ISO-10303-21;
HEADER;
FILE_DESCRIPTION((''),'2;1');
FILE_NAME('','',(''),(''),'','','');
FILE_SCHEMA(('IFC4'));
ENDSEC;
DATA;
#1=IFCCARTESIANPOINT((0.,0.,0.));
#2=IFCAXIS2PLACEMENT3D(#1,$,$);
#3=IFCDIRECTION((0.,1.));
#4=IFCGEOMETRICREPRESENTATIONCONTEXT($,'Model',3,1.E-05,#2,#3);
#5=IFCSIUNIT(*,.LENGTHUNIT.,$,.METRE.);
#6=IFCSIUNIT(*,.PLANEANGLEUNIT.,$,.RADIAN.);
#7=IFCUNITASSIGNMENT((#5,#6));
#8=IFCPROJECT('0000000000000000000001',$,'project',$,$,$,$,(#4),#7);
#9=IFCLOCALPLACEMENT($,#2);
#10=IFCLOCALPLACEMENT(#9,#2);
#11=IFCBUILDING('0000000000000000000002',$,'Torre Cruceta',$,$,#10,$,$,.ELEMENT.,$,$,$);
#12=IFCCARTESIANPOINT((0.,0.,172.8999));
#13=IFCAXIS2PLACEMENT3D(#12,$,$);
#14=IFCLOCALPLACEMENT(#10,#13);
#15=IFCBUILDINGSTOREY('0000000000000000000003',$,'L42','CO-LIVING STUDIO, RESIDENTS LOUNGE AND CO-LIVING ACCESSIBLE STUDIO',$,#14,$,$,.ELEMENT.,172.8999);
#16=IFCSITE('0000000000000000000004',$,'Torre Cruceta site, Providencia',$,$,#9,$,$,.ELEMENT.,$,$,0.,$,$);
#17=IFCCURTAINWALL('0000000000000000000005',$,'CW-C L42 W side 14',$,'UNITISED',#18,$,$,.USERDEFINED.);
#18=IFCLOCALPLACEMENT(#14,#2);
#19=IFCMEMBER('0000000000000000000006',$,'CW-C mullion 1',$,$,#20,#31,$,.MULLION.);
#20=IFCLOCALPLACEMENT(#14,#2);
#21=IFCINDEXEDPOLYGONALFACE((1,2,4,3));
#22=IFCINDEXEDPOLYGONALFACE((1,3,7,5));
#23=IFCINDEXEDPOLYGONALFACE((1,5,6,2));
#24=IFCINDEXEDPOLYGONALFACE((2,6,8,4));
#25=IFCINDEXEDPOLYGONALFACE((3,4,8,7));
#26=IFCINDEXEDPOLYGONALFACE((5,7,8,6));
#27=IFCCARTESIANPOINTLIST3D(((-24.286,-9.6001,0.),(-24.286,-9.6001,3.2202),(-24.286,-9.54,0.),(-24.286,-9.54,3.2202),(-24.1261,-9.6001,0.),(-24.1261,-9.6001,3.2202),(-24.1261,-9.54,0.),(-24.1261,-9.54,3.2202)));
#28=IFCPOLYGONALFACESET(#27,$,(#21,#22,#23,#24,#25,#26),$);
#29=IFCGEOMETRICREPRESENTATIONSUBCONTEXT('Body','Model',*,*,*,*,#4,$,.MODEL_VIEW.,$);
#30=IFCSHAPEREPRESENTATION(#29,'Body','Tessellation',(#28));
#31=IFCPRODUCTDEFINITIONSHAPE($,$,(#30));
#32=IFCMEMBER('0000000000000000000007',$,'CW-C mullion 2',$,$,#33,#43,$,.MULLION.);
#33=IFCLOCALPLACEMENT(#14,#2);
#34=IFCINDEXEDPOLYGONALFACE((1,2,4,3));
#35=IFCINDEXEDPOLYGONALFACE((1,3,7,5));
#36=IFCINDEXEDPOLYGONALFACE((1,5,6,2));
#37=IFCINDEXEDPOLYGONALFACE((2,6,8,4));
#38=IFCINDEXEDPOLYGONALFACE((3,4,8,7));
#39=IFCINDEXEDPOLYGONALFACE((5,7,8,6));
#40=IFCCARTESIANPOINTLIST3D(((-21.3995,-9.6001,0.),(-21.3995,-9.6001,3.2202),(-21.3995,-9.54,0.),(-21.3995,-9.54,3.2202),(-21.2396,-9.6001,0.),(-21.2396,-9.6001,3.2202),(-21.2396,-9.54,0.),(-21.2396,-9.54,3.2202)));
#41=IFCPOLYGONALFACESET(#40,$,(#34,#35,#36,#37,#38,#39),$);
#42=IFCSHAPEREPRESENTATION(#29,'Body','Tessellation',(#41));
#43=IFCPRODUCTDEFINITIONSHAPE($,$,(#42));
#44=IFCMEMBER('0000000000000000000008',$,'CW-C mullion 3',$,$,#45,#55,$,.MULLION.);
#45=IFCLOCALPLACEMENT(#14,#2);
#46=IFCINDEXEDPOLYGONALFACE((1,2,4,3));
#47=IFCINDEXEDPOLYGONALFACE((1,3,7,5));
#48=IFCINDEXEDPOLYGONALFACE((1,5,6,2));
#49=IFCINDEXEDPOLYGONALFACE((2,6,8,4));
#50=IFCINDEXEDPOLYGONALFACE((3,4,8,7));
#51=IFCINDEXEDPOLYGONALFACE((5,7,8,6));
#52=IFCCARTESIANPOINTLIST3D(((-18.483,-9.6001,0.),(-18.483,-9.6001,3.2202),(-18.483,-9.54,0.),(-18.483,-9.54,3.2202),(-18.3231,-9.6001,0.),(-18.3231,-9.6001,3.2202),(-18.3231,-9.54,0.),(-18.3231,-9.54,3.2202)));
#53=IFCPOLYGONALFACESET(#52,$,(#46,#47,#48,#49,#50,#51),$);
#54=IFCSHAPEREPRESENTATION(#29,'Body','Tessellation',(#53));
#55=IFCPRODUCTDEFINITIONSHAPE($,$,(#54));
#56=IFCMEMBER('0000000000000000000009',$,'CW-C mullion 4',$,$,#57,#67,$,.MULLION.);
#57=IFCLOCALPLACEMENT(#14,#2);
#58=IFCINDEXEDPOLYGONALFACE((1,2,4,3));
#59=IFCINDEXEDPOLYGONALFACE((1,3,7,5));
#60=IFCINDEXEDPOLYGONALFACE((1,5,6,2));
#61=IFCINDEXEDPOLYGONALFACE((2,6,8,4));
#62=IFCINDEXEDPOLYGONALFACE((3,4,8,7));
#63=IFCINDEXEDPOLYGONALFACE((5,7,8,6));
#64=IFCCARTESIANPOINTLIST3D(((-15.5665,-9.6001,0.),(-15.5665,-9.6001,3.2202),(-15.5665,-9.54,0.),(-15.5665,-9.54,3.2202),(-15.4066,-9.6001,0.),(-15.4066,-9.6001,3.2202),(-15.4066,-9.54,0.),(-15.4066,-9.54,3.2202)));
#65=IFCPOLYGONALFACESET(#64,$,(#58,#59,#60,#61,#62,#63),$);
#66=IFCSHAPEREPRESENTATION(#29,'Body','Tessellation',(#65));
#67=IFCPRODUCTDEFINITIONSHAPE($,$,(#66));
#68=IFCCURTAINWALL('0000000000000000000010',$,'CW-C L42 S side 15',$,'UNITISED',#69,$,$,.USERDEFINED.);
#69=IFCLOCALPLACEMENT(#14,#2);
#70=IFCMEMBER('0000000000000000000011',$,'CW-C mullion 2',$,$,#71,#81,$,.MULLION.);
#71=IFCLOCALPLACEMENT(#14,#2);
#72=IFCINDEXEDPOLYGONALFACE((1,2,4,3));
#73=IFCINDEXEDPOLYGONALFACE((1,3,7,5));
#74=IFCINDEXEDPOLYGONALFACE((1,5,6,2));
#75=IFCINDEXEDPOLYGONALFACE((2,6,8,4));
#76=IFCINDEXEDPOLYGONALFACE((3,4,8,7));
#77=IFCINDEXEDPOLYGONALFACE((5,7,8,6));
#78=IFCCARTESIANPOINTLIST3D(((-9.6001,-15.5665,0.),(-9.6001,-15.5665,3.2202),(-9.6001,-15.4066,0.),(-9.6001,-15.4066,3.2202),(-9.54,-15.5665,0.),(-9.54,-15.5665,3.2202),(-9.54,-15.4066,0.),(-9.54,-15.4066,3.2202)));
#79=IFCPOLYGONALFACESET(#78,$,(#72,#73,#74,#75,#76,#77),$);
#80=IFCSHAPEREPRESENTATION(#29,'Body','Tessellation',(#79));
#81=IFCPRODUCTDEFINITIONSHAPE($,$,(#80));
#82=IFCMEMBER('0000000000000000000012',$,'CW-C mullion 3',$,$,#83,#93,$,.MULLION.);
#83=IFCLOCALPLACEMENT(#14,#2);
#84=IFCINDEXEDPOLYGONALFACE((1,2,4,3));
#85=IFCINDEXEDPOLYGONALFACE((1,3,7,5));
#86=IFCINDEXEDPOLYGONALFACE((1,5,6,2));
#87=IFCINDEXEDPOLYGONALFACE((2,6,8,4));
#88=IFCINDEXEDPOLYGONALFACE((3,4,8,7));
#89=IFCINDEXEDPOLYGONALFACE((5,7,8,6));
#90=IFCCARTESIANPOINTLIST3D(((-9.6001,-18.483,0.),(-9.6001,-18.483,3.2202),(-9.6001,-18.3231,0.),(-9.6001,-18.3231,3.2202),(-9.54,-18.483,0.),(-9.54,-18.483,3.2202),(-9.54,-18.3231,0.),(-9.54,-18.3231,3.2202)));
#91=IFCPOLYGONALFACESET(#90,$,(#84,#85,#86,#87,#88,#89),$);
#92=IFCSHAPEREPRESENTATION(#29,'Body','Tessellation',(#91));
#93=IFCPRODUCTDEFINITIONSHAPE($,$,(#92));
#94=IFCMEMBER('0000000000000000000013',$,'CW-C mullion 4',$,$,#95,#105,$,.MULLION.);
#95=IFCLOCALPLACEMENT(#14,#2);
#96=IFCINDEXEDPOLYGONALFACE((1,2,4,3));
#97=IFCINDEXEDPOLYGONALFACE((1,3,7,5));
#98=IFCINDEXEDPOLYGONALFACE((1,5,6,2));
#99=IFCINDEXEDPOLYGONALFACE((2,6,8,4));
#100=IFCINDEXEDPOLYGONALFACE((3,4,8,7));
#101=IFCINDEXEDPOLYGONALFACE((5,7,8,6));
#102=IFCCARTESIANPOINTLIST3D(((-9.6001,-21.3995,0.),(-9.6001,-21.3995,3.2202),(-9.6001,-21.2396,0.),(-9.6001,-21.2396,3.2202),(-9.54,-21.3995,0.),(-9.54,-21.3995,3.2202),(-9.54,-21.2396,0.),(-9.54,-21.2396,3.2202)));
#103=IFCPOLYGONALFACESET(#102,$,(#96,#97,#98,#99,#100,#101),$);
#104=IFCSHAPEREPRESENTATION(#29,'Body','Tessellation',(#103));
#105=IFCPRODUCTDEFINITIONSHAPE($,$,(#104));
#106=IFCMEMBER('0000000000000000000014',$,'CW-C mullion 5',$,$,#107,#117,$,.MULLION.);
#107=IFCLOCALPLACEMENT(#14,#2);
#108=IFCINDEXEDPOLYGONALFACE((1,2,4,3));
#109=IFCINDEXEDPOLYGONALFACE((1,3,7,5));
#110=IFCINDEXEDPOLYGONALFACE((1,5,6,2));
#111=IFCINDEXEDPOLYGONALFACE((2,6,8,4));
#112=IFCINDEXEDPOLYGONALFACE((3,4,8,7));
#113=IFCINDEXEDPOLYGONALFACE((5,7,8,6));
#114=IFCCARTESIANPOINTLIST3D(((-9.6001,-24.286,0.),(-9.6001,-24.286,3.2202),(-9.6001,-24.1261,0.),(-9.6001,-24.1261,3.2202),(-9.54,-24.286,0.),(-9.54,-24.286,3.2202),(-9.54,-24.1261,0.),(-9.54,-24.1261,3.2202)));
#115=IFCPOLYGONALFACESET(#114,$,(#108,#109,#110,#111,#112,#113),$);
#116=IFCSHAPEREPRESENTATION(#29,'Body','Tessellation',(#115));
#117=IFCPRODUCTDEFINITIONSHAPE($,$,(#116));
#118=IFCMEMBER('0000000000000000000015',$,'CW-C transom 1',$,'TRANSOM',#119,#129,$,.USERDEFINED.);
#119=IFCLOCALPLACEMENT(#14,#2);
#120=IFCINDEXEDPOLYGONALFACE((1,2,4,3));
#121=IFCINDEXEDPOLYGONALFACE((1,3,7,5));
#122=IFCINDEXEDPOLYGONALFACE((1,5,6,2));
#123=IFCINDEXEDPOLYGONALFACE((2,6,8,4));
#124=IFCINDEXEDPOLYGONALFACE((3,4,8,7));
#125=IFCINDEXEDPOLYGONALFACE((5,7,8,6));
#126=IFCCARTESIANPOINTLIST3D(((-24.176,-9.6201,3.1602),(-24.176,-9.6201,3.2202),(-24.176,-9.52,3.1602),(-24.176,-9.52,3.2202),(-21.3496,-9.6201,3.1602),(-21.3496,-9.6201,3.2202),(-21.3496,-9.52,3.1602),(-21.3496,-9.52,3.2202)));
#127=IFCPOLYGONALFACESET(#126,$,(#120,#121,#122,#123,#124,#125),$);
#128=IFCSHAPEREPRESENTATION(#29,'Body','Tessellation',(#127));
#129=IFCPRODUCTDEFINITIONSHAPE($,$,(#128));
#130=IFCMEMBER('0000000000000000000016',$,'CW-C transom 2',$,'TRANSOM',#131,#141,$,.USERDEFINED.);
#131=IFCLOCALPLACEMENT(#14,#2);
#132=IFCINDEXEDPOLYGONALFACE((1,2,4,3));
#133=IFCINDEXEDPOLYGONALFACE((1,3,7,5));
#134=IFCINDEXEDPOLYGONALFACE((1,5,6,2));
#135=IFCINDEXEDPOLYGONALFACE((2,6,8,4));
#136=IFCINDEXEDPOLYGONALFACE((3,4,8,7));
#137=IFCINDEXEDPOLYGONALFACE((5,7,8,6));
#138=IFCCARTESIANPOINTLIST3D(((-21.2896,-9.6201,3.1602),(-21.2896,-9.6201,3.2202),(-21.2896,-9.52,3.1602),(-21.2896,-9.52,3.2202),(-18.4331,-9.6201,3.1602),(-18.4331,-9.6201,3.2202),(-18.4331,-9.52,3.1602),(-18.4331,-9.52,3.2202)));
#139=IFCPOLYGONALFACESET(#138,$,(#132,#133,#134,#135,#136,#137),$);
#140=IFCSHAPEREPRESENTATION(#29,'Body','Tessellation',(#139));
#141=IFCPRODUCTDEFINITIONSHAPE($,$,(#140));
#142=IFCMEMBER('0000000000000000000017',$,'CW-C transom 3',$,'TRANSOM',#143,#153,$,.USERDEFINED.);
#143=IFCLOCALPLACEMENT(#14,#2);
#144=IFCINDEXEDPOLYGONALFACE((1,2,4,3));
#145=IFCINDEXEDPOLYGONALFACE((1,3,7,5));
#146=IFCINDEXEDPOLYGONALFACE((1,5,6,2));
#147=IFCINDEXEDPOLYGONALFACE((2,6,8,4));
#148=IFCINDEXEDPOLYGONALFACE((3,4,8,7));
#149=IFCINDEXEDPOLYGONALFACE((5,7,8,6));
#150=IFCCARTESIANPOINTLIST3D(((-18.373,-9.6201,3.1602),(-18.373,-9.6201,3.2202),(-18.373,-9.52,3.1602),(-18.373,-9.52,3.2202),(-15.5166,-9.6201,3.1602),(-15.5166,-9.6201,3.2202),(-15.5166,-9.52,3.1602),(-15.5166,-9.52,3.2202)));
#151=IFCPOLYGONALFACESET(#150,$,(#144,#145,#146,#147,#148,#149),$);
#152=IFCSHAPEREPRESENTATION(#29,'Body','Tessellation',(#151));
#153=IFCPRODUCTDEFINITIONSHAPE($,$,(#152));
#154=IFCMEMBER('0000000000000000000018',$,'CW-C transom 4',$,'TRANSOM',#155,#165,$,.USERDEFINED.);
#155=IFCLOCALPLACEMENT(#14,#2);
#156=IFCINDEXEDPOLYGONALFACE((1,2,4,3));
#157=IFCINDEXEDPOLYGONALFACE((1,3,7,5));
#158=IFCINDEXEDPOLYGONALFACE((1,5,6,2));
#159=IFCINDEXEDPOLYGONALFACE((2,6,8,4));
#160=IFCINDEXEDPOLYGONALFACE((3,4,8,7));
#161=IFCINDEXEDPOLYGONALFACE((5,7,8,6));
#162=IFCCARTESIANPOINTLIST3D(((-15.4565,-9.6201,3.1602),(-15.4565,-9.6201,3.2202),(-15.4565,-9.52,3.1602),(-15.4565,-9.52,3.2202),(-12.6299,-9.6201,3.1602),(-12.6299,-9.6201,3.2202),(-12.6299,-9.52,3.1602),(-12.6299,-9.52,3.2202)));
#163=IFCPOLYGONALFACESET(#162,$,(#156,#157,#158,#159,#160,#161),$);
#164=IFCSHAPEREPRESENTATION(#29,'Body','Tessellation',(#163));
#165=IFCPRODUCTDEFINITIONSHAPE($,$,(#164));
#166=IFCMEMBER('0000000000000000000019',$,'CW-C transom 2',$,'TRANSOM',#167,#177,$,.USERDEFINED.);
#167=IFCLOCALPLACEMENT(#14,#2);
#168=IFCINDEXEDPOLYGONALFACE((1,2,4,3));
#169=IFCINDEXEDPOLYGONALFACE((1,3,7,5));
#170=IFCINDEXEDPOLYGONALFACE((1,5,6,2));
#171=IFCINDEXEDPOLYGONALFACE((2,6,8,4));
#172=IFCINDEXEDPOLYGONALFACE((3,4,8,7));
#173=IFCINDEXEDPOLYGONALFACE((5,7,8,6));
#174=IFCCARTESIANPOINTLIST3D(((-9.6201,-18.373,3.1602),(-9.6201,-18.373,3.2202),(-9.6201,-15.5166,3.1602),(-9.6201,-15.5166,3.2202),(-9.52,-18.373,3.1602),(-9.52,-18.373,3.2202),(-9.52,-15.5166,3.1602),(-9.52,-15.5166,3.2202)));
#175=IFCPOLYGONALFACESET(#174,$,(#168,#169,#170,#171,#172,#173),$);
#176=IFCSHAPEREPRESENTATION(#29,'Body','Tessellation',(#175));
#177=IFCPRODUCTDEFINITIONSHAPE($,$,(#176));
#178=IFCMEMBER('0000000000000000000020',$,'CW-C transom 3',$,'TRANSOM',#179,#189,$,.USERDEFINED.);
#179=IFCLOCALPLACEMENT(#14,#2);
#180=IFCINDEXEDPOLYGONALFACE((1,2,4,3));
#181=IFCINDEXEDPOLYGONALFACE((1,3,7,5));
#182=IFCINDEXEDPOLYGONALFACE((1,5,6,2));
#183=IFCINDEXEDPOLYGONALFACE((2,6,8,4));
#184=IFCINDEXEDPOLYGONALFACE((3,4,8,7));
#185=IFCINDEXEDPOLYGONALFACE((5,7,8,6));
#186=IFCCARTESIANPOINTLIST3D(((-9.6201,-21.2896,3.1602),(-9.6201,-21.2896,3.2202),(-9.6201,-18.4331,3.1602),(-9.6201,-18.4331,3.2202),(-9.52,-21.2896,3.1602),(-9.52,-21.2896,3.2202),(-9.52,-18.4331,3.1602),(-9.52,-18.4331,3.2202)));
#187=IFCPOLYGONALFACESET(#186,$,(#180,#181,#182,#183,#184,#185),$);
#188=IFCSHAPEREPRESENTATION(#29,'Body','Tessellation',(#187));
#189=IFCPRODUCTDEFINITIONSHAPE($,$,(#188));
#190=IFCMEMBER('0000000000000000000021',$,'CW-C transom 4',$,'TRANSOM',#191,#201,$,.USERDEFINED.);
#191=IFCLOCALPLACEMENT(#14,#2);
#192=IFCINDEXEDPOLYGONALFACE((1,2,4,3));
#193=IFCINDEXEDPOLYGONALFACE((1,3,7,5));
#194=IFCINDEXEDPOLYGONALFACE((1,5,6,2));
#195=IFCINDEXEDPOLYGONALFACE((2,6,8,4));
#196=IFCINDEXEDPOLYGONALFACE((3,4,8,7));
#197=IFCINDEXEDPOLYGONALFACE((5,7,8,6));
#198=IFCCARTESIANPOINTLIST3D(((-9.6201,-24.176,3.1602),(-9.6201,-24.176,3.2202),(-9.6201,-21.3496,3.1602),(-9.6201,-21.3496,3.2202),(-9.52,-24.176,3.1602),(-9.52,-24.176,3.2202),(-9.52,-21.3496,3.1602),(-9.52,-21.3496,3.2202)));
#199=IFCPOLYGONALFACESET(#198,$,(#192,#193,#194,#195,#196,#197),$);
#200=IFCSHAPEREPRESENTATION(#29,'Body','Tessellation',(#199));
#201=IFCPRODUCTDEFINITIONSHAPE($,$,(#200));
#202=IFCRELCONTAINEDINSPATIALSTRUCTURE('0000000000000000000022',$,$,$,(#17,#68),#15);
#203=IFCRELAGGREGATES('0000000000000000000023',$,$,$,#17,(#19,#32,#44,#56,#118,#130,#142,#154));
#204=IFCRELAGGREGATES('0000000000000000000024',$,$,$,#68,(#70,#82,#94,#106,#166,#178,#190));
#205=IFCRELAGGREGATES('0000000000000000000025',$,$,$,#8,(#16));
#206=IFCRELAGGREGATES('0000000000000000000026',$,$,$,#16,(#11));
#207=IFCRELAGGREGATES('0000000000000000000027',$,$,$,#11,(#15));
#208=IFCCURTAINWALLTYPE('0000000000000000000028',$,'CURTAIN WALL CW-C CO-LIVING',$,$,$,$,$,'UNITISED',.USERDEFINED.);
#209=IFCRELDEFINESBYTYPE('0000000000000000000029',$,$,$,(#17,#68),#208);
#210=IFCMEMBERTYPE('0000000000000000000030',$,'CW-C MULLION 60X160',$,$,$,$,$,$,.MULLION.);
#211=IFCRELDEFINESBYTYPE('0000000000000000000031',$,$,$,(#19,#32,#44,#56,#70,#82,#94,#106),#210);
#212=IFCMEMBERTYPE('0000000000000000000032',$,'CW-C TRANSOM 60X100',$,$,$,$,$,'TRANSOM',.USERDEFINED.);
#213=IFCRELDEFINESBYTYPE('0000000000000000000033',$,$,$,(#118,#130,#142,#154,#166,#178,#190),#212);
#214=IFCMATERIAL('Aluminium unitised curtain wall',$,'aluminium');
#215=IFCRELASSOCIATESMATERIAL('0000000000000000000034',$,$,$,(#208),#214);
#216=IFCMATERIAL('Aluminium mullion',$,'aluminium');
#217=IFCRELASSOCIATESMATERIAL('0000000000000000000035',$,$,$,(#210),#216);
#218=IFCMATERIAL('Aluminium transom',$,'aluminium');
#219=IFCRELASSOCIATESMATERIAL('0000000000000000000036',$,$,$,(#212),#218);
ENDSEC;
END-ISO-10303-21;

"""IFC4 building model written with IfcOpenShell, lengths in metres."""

from ifc_helpers import new_model, si_unit, direction, frame, origin, origin_2d, place, context, subcontext, project, spatial, rectangle, extrude, material, material_profile, profile_set, type_object, element, aggregate, save


model = new_model("IFC4")

# Units and contexts
model_context = context("Model", 3, precision=1e-05, world=origin(), true_north=direction((0.0, 1.0)))
body_context = subcontext(model_context, "Body", "Model", "MODEL_VIEW")
ifc_project = project(units=[si_unit("LENGTHUNIT", "METRE"), si_unit("PLANEANGLEUNIT", "RADIAN")], contexts=[model_context])

# Site, building, storey
site_placement = place(None, origin())
site = spatial("IfcSite", under=ifc_project, at=site_placement, Name="Torre Cruceta site, Providencia", CompositionType="ELEMENT", RefElevation=0.0)
building_placement = place(site_placement, origin())
building = spatial("IfcBuilding", under=site, at=building_placement, Name="Torre Cruceta", CompositionType="ELEMENT")
storey_placement = place(building_placement, frame((0.0, 0.0, 172.8999)))
storey = spatial("IfcBuildingStorey", under=building, at=storey_placement, Name="L42", Description="CO-LIVING STUDIO, RESIDENTS LOUNGE AND CO-LIVING ACCESSIBLE STUDIO", CompositionType="ELEMENT", Elevation=172.8999)

# Curtain walls, members
ifc_material_1 = material(Name="Aluminium unitised curtain wall", Category="aluminium")
curtain_wall_type = type_object("IfcCurtainWallType", Name="CURTAIN WALL CW-C CO-LIVING", ElementType="UNITISED", PredefinedType="USERDEFINED", material=ifc_material_1)
curtain_wall_1_placement = place(storey_placement, origin())
curtain_wall_1 = element("IfcCurtainWall", 1, at=curtain_wall_1_placement, inside=storey, type_object=curtain_wall_type, Name="CW-C L42 W side 14", ObjectType="UNITISED", PredefinedType="USERDEFINED")
ifc_material_2 = material(Name="Aluminium mullion", Category="aluminium")
ifc_material_profile_1 = material_profile(ifc_material_2, rectangle(XDim=0.0601, YDim=0.1599, at=origin_2d()), Name="AL 60X160")
ifc_profile_set_1 = profile_set([ifc_material_profile_1], Name="Aluminium mullion")
member_type_1 = type_object("IfcMemberType", Name="CW-C MULLION 60X160", PredefinedType="MULLION", material=ifc_profile_set_1)
member_1_placement = place(storey_placement, frame((-24.2061, -9.5701, 0.0), z_axis=(0.0, 0.0, 1.0), x_axis=(0.0, 1.0, 0.0)))
member_1 = element("IfcMember", 2, at=member_1_placement, type_object=member_type_1, Name="CW-C mullion 1", PredefinedType="MULLION", context=body_context, shape_type="SweptSolid", body=[
    extrude(rectangle(XDim=0.0601, YDim=0.1599, at=origin_2d()), origin(), (0.0, 0.0, 1.0), 3.2202),
])
member_2_placement = place(storey_placement, frame((-21.3196, -9.5701, 0.0), z_axis=(0.0, 0.0, 1.0), x_axis=(0.0, 1.0, 0.0)))
member_2 = element("IfcMember", 3, at=member_2_placement, type_object=member_type_1, Name="CW-C mullion 2", PredefinedType="MULLION", context=body_context, shape_type="SweptSolid", body=[
    extrude(rectangle(XDim=0.0601, YDim=0.1599, at=origin_2d()), origin(), (0.0, 0.0, 1.0), 3.2202),
])
member_3_placement = place(storey_placement, frame((-18.4031, -9.5701, 0.0), z_axis=(0.0, 0.0, 1.0), x_axis=(0.0, 1.0, 0.0)))
member_3 = element("IfcMember", 4, at=member_3_placement, type_object=member_type_1, Name="CW-C mullion 3", PredefinedType="MULLION", context=body_context, shape_type="SweptSolid", body=[
    extrude(rectangle(XDim=0.0601, YDim=0.1599, at=origin_2d()), origin(), (0.0, 0.0, 1.0), 3.2202),
])
member_4_placement = place(storey_placement, frame((-15.4866, -9.5701, 0.0), z_axis=(0.0, 0.0, 1.0), x_axis=(0.0, 1.0, 0.0)))
member_4 = element("IfcMember", 5, at=member_4_placement, type_object=member_type_1, Name="CW-C mullion 4", PredefinedType="MULLION", context=body_context, shape_type="SweptSolid", body=[
    extrude(rectangle(XDim=0.0601, YDim=0.1599, at=origin_2d()), origin(), (0.0, 0.0, 1.0), 3.2202),
])
curtain_wall_2_placement = place(storey_placement, origin())
curtain_wall_2 = element("IfcCurtainWall", 6, at=curtain_wall_2_placement, inside=storey, type_object=curtain_wall_type, Name="CW-C L42 S side 15", ObjectType="UNITISED", PredefinedType="USERDEFINED")
member_5_placement = place(storey_placement, frame((-9.5701, -15.4866, 0.0), z_axis=(0.0, 0.0, 1.0), x_axis=(1.0, 0.0, 0.0)))
member_5 = element("IfcMember", 7, at=member_5_placement, type_object=member_type_1, Name="CW-C mullion 2", PredefinedType="MULLION", context=body_context, shape_type="SweptSolid", body=[
    extrude(rectangle(XDim=0.0601, YDim=0.1599, at=origin_2d()), origin(), (0.0, 0.0, 1.0), 3.2202),
])
member_6_placement = place(storey_placement, frame((-9.5701, -18.4031, 0.0), z_axis=(0.0, 0.0, 1.0), x_axis=(1.0, 0.0, 0.0)))
member_6 = element("IfcMember", 8, at=member_6_placement, type_object=member_type_1, Name="CW-C mullion 3", PredefinedType="MULLION", context=body_context, shape_type="SweptSolid", body=[
    extrude(rectangle(XDim=0.0601, YDim=0.1599, at=origin_2d()), origin(), (0.0, 0.0, 1.0), 3.2202),
])
member_7_placement = place(storey_placement, frame((-9.5701, -21.3196, 0.0), z_axis=(0.0, 0.0, 1.0), x_axis=(1.0, 0.0, 0.0)))
member_7 = element("IfcMember", 9, at=member_7_placement, type_object=member_type_1, Name="CW-C mullion 4", PredefinedType="MULLION", context=body_context, shape_type="SweptSolid", body=[
    extrude(rectangle(XDim=0.0601, YDim=0.1599, at=origin_2d()), origin(), (0.0, 0.0, 1.0), 3.2202),
])
member_8_placement = place(storey_placement, frame((-9.5701, -24.2061, 0.0), z_axis=(0.0, 0.0, 1.0), x_axis=(1.0, 0.0, 0.0)))
member_8 = element("IfcMember", 10, at=member_8_placement, type_object=member_type_1, Name="CW-C mullion 5", PredefinedType="MULLION", context=body_context, shape_type="SweptSolid", body=[
    extrude(rectangle(XDim=0.0601, YDim=0.1599, at=origin_2d()), origin(), (0.0, 0.0, 1.0), 3.2202),
])

# Members
ifc_material_3 = material(Name="Aluminium transom", Category="aluminium")
ifc_material_profile_2 = material_profile(ifc_material_3, rectangle(XDim=0.1001, YDim=0.0601, at=origin_2d()), Name="AL 100X60")
ifc_profile_set_2 = profile_set([ifc_material_profile_2], Name="Aluminium transom")
member_type_2 = type_object("IfcMemberType", Name="CW-C TRANSOM 60X100", ElementType="TRANSOM", PredefinedType="USERDEFINED", material=ifc_profile_set_2)
member_9_placement = place(storey_placement, frame((-24.176, -9.5701, 3.1902), z_axis=(1.0, 0.0, 0.0), x_axis=(0.0, 1.0, 0.0)))
member_9 = element("IfcMember", 11, at=member_9_placement, type_object=member_type_2, Name="CW-C transom 1", ObjectType="TRANSOM", PredefinedType="USERDEFINED", context=body_context, shape_type="SweptSolid", body=[
    extrude(rectangle(XDim=0.1001, YDim=0.0601, at=origin_2d()), origin(), (0.0, 0.0, 1.0), 2.8264),
])
member_10_placement = place(storey_placement, frame((-21.2896, -9.5701, 3.1902), z_axis=(1.0, 0.0, 0.0), x_axis=(0.0, 1.0, 0.0)))
member_10 = element("IfcMember", 12, at=member_10_placement, type_object=member_type_2, Name="CW-C transom 2", ObjectType="TRANSOM", PredefinedType="USERDEFINED", context=body_context, shape_type="SweptSolid", body=[
    extrude(rectangle(XDim=0.1001, YDim=0.0601, at=origin_2d()), origin(), (0.0, 0.0, 1.0), 2.8564),
])
member_11_placement = place(storey_placement, frame((-18.373, -9.5701, 3.1902), z_axis=(1.0, 0.0, 0.0), x_axis=(0.0, 1.0, 0.0)))
member_11 = element("IfcMember", 13, at=member_11_placement, type_object=member_type_2, Name="CW-C transom 3", ObjectType="TRANSOM", PredefinedType="USERDEFINED", context=body_context, shape_type="SweptSolid", body=[
    extrude(rectangle(XDim=0.1001, YDim=0.0601, at=origin_2d()), origin(), (0.0, 0.0, 1.0), 2.8564),
])
member_12_placement = place(storey_placement, frame((-15.4565, -9.5701, 3.1902), z_axis=(1.0, 0.0, 0.0), x_axis=(0.0, 1.0, 0.0)))
member_12 = element("IfcMember", 14, at=member_12_placement, type_object=member_type_2, Name="CW-C transom 4", ObjectType="TRANSOM", PredefinedType="USERDEFINED", context=body_context, shape_type="SweptSolid", body=[
    extrude(rectangle(XDim=0.1001, YDim=0.0601, at=origin_2d()), origin(), (0.0, 0.0, 1.0), 2.8267),
])
member_13_placement = place(storey_placement, frame((-9.5701, -15.5166, 3.1902), z_axis=(0.0, -1.0, 0.0), x_axis=(1.0, 0.0, 0.0)))
member_13 = element("IfcMember", 15, at=member_13_placement, type_object=member_type_2, Name="CW-C transom 2", ObjectType="TRANSOM", PredefinedType="USERDEFINED", context=body_context, shape_type="SweptSolid", body=[
    extrude(rectangle(XDim=0.1001, YDim=0.0601, at=origin_2d()), origin(), (0.0, 0.0, 1.0), 2.8564),
])
member_14_placement = place(storey_placement, frame((-9.5701, -18.4331, 3.1902), z_axis=(0.0, -1.0, 0.0), x_axis=(1.0, 0.0, 0.0)))
member_14 = element("IfcMember", 16, at=member_14_placement, type_object=member_type_2, Name="CW-C transom 3", ObjectType="TRANSOM", PredefinedType="USERDEFINED", context=body_context, shape_type="SweptSolid", body=[
    extrude(rectangle(XDim=0.1001, YDim=0.0601, at=origin_2d()), origin(), (0.0, 0.0, 1.0), 2.8564),
])
member_15_placement = place(storey_placement, frame((-9.5701, -21.3496, 3.1902), z_axis=(0.0, -1.0, 0.0), x_axis=(1.0, 0.0, 0.0)))
member_15 = element("IfcMember", 17, at=member_15_placement, type_object=member_type_2, Name="CW-C transom 4", ObjectType="TRANSOM", PredefinedType="USERDEFINED", context=body_context, shape_type="SweptSolid", body=[
    extrude(rectangle(XDim=0.1001, YDim=0.0601, at=origin_2d()), origin(), (0.0, 0.0, 1.0), 2.8264),
])

aggregate(curtain_wall_1, [member_1, member_2, member_3, member_4, member_9, member_10, member_11, member_12])
aggregate(curtain_wall_2, [member_5, member_6, member_7, member_8, member_13, member_14, member_15])

save(model, "model.ifc")
